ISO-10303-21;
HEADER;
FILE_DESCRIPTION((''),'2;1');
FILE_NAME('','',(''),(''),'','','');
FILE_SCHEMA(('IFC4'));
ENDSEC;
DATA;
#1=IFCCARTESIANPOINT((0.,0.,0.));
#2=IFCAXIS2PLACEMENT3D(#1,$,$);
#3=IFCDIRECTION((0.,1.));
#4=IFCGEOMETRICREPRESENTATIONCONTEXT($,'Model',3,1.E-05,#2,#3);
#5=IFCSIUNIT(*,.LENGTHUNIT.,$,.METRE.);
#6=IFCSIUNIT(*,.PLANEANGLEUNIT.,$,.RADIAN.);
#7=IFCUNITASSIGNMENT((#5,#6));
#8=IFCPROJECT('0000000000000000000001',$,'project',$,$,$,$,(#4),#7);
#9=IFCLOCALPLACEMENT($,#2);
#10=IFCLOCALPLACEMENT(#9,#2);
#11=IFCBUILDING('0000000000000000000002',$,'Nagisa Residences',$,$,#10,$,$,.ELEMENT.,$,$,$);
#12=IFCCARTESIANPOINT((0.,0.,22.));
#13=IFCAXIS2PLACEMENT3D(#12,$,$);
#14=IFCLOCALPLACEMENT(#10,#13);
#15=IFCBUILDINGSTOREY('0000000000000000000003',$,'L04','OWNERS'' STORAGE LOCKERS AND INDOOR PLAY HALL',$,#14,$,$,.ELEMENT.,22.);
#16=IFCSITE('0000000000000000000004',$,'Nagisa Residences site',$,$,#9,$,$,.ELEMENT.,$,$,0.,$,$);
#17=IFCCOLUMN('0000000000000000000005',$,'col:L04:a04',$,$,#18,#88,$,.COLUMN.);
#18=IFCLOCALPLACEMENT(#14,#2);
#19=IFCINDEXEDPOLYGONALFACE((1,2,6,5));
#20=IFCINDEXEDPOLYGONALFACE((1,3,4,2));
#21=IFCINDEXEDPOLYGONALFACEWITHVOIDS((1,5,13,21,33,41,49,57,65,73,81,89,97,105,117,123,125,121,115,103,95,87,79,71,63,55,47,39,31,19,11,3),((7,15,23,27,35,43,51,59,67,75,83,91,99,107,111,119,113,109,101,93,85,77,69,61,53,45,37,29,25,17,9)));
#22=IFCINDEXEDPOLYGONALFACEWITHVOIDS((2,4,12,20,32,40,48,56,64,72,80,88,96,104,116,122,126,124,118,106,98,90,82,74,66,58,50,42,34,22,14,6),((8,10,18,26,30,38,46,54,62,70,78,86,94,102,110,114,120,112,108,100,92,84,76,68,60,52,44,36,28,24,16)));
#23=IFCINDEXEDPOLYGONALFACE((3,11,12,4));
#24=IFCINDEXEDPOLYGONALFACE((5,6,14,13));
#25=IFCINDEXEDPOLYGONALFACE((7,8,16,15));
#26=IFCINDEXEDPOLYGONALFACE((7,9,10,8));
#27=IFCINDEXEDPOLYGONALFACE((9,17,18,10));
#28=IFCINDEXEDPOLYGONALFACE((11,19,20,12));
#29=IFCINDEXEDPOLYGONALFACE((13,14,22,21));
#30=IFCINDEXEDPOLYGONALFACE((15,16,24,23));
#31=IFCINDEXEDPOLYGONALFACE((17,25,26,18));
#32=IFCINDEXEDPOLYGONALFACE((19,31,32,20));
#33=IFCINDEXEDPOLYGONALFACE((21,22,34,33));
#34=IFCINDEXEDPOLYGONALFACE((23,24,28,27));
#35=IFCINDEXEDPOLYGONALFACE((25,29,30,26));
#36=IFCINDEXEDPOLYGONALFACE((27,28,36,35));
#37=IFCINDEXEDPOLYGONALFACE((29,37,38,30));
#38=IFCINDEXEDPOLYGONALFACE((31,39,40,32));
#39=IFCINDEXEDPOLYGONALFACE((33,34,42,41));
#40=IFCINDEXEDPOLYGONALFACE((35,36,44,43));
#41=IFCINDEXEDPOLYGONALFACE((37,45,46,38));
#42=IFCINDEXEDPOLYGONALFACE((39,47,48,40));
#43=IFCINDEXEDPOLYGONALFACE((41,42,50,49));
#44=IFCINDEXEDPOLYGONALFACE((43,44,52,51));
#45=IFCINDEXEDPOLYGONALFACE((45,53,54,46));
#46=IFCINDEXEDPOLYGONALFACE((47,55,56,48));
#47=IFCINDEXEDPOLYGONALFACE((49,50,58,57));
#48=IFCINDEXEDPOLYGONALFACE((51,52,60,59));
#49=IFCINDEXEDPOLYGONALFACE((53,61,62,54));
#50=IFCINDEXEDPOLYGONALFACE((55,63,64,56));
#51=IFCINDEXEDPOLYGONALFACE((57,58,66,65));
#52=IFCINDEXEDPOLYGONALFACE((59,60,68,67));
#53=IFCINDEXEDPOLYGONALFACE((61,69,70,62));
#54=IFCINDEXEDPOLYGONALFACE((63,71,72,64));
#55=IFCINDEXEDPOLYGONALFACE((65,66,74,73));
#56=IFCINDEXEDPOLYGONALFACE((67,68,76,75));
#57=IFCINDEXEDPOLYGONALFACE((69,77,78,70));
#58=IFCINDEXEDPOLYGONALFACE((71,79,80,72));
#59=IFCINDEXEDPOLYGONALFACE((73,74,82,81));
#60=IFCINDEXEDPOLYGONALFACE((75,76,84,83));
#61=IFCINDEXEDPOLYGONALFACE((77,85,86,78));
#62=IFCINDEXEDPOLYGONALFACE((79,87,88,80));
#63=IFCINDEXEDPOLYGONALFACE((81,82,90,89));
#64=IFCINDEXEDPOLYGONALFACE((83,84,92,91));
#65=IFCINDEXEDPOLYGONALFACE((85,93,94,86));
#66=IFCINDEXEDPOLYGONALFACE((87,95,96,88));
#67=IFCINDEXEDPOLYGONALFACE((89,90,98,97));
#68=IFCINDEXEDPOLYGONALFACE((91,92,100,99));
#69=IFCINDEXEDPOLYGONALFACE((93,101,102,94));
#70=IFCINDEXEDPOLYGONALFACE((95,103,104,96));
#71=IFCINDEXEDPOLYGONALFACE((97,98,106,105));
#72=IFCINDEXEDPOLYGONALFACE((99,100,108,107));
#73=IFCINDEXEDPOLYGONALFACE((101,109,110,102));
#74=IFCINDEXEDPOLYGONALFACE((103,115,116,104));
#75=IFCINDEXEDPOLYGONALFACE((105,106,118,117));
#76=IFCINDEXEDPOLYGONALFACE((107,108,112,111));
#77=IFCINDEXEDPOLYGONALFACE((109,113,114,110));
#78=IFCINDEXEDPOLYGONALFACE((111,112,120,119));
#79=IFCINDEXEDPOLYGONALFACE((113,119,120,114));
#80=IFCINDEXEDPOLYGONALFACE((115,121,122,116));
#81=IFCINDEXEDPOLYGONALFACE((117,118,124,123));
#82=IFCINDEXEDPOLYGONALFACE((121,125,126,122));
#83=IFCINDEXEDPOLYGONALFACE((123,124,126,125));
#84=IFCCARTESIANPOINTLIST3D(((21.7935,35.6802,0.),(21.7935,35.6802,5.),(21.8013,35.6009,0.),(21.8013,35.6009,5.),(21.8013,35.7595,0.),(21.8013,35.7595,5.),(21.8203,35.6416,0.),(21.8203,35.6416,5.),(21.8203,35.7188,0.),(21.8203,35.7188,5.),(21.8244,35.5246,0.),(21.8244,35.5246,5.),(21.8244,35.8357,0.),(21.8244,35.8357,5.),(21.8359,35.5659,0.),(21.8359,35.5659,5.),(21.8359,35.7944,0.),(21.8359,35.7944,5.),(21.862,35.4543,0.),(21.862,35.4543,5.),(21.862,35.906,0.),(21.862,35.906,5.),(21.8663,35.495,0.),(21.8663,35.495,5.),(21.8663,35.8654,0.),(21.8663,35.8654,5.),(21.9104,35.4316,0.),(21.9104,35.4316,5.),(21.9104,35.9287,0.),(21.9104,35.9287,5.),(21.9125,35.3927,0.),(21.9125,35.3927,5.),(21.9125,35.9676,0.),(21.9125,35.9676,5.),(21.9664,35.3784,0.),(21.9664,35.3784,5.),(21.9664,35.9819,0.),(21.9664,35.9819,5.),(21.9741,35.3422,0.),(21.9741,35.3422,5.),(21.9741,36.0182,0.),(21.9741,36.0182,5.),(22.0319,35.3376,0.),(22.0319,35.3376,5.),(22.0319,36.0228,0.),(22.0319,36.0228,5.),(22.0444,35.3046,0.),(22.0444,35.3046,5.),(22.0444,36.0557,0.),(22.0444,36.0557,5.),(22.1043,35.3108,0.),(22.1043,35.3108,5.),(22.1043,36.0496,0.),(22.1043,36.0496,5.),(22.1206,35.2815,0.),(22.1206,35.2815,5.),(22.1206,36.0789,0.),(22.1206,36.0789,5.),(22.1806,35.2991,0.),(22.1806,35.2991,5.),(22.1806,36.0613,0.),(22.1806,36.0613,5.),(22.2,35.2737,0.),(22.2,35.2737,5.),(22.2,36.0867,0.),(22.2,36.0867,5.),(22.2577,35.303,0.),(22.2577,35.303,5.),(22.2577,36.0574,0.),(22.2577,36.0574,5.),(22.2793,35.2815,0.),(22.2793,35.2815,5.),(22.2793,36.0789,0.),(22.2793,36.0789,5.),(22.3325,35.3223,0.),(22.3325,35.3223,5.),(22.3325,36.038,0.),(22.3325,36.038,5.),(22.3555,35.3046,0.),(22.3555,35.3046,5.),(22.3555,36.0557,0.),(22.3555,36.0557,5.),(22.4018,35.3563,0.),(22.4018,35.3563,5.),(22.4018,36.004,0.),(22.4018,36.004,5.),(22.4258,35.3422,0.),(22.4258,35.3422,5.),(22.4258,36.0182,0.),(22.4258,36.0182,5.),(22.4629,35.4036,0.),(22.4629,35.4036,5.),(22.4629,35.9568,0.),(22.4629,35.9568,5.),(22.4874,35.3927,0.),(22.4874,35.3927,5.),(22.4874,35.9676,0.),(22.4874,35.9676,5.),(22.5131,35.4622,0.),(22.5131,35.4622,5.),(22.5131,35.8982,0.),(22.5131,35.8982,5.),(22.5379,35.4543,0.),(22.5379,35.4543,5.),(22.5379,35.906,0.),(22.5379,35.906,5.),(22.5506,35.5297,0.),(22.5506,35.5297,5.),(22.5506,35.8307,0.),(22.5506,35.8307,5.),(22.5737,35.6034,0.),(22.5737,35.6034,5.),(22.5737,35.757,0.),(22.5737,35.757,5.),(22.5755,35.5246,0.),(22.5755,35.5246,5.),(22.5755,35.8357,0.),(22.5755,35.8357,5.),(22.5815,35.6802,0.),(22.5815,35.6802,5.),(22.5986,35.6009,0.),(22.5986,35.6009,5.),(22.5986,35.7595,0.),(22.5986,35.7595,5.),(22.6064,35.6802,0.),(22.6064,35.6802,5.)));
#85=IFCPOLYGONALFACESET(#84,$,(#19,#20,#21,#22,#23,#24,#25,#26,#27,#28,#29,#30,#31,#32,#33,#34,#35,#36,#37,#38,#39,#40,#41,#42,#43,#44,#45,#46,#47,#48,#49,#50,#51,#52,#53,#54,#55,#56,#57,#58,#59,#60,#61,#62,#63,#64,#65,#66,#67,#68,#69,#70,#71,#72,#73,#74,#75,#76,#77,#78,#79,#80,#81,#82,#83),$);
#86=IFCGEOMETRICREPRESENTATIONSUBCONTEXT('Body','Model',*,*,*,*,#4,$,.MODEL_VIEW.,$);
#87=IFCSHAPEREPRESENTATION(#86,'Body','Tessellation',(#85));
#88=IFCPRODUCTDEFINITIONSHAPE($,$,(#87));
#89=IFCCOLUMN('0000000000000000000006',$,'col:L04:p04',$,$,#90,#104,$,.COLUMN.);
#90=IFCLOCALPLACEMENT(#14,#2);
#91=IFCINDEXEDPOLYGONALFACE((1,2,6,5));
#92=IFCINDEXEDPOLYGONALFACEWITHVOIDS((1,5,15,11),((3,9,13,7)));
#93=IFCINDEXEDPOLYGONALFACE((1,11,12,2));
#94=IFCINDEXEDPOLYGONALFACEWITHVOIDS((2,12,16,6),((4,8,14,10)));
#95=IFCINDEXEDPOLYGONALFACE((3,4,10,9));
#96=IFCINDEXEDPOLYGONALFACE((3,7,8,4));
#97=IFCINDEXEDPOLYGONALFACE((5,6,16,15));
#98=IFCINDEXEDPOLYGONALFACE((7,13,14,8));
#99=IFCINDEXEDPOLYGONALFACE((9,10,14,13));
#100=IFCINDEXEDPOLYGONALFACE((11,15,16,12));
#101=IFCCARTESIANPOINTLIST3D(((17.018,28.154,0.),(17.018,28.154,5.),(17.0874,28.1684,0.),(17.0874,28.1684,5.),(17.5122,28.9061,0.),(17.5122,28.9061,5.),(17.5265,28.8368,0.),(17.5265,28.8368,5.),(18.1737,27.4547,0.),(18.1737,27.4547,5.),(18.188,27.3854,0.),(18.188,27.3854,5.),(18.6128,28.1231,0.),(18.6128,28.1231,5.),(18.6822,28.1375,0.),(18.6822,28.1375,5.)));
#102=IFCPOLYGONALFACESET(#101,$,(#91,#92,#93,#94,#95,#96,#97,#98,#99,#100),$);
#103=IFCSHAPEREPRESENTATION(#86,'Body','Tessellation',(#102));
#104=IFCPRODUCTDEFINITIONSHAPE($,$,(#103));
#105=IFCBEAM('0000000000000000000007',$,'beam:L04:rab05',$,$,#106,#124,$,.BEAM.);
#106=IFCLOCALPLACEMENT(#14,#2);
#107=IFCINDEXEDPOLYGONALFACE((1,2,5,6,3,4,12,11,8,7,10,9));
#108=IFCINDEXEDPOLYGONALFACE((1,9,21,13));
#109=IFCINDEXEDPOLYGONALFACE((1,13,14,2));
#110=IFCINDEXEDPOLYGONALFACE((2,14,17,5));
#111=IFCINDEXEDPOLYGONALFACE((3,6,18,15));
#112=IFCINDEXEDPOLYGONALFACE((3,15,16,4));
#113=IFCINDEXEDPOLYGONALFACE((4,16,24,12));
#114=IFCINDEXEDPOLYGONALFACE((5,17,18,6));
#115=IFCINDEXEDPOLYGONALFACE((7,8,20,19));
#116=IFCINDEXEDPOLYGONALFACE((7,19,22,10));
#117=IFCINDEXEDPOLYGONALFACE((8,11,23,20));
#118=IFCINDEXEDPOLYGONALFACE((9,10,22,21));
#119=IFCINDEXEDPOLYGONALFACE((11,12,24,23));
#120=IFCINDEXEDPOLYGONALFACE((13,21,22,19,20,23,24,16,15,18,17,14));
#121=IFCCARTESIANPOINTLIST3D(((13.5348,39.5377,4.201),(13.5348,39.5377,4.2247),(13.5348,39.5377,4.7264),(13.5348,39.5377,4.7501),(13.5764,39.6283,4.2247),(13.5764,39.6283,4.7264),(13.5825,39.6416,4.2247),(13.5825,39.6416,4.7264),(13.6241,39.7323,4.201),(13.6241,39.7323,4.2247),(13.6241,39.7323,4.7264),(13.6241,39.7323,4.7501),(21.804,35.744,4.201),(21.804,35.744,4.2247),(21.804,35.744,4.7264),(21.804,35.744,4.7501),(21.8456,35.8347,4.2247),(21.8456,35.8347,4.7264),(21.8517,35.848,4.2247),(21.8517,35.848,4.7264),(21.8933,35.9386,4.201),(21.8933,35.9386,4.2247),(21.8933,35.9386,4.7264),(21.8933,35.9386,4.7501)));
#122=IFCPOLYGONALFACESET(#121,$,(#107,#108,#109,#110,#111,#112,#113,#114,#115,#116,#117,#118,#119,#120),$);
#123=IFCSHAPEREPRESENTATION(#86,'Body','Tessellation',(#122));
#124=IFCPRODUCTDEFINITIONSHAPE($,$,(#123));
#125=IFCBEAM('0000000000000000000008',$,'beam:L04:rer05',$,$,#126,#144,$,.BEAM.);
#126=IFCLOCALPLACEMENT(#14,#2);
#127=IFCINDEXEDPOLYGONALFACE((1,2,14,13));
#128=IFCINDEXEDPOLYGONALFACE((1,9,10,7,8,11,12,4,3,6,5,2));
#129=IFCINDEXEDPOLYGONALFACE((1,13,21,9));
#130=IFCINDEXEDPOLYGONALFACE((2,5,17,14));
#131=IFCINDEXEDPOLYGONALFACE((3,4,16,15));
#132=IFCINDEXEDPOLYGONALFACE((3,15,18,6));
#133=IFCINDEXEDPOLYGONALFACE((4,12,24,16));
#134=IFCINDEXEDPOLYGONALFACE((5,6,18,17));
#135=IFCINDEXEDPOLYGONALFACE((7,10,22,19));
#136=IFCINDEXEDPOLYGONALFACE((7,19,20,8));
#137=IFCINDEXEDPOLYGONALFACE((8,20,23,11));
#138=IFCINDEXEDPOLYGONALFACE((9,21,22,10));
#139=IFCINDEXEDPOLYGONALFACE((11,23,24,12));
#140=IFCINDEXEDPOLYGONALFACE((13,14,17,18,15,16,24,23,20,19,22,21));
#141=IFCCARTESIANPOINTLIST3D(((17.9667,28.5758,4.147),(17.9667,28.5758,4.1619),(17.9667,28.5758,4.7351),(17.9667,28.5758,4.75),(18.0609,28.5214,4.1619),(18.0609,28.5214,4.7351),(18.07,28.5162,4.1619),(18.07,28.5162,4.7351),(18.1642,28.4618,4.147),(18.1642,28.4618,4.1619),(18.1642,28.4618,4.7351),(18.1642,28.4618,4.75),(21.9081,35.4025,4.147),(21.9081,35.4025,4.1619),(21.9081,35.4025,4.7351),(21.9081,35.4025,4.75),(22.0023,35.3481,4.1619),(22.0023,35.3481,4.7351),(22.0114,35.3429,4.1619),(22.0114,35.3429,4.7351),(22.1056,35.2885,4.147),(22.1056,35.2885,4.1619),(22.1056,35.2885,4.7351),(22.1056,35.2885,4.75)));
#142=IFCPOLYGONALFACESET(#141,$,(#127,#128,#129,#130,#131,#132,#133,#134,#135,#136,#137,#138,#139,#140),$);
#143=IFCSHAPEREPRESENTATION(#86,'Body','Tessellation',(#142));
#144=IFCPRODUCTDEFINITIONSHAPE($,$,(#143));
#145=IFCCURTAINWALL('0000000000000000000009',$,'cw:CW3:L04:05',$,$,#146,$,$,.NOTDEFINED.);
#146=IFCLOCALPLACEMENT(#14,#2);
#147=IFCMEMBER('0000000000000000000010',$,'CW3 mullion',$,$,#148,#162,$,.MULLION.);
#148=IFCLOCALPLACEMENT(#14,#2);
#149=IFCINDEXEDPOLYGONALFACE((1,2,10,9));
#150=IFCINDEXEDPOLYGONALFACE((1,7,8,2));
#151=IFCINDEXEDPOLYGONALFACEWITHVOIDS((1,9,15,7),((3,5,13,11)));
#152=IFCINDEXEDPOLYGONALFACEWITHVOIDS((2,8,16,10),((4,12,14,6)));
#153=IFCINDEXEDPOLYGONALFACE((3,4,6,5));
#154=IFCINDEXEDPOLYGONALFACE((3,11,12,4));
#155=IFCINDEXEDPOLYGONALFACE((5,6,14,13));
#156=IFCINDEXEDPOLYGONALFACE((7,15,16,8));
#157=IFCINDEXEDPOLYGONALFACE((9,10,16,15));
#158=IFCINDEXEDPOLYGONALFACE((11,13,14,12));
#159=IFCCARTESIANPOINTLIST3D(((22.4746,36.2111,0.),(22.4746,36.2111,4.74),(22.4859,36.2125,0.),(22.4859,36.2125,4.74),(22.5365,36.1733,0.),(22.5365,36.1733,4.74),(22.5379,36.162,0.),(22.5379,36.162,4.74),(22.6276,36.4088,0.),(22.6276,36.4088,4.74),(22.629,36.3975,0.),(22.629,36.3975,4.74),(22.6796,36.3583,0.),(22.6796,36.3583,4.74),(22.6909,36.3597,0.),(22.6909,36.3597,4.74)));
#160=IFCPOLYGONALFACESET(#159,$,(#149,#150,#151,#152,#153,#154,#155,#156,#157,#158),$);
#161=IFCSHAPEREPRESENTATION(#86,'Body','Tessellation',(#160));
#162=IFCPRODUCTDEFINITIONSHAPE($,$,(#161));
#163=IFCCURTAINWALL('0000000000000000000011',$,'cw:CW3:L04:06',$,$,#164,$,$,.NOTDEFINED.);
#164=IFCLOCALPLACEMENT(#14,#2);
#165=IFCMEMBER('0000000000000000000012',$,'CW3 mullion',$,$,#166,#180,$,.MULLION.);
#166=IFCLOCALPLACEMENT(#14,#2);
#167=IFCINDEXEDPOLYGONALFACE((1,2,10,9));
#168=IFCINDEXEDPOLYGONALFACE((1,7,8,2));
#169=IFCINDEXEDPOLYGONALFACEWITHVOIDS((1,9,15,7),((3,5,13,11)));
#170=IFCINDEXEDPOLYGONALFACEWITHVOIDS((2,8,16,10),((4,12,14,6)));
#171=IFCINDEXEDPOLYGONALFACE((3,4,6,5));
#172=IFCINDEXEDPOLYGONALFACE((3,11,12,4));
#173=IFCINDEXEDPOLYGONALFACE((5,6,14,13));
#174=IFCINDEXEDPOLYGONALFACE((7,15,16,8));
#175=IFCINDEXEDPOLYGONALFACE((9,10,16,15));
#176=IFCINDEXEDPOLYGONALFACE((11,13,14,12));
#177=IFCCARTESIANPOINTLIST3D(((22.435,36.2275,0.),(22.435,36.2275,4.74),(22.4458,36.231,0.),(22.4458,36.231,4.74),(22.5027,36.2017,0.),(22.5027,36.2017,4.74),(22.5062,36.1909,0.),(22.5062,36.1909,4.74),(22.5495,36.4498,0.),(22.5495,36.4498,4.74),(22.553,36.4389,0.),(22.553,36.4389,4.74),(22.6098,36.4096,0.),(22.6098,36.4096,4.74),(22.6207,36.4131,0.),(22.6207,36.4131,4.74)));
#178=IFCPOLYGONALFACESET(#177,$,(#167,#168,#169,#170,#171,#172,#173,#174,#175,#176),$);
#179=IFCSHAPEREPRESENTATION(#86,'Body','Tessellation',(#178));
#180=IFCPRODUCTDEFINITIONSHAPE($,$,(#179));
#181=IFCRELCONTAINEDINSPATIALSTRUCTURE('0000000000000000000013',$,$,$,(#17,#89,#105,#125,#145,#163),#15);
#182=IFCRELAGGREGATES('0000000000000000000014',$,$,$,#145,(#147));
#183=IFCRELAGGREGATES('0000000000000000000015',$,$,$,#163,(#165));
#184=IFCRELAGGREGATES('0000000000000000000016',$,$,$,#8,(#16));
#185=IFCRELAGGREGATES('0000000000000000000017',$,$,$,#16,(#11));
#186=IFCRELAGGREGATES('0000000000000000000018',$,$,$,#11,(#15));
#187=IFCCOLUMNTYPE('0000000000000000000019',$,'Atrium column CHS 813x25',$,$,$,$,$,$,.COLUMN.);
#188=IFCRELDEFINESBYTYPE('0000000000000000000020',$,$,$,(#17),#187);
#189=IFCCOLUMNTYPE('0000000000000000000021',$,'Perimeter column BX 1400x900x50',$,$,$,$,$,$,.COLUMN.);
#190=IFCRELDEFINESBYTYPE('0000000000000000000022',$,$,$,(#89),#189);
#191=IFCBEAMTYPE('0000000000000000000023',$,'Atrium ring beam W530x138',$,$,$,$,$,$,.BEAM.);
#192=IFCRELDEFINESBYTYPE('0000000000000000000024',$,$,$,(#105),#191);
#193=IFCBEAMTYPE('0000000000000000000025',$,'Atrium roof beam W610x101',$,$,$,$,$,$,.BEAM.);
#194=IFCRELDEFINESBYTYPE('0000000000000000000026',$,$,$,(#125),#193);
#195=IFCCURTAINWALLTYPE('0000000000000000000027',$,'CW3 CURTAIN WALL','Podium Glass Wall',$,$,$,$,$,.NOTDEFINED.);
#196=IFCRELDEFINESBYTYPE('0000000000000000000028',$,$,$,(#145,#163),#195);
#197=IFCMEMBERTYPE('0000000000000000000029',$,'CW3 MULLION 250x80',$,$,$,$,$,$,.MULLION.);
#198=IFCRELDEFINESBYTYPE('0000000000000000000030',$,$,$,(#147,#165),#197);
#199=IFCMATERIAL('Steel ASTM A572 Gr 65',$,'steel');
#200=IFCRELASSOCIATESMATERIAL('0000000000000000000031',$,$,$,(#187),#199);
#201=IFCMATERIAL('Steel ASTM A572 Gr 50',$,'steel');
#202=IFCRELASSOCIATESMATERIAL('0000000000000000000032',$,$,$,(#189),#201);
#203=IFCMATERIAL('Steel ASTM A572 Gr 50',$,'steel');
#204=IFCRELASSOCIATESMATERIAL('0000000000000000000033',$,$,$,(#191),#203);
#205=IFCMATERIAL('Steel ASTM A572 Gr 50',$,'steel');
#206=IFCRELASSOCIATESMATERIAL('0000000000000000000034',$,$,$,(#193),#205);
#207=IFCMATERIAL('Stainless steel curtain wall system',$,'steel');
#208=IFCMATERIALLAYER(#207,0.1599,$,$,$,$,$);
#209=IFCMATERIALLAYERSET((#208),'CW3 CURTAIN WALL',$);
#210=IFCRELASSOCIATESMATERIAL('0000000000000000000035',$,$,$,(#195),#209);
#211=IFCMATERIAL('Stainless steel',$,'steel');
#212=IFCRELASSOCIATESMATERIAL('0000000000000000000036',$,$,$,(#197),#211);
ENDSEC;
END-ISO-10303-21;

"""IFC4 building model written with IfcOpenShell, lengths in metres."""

from ifc_helpers import new_model, si_unit, direction, frame, origin, origin_2d, place, context, subcontext, project, spatial, hollow_rectangle, hollow_circle, i_section, extrude, material, layer, layer_set, material_profile, profile_set, type_object, element, aggregate, save


model = new_model("IFC4")

# Units and contexts
model_context = context("Model", 3, precision=1e-05, world=origin(), true_north=direction((0.0, 1.0)))
body_context = subcontext(model_context, "Body", "Model", "MODEL_VIEW")
ifc_project = project(units=[si_unit("LENGTHUNIT", "METRE"), si_unit("PLANEANGLEUNIT", "RADIAN")], contexts=[model_context])

# Site, building, storey
site_placement = place(None, origin())
site = spatial("IfcSite", under=ifc_project, at=site_placement, Name="Nagisa Residences site", CompositionType="ELEMENT", RefElevation=0.0)
building_placement = place(site_placement, origin())
building = spatial("IfcBuilding", under=site, at=building_placement, Name="Nagisa Residences", CompositionType="ELEMENT")
storey_placement = place(building_placement, frame((0.0, 0.0, 22.0)))
storey = spatial("IfcBuildingStorey", under=building, at=storey_placement, Name="L04", Description="OWNERS' STORAGE LOCKERS AND INDOOR PLAY HALL", CompositionType="ELEMENT", Elevation=22.0)

# Columns
ifc_material_1 = material(Name="Steel ASTM A572 Gr 65", Category="steel")
ifc_material_profile_1 = material_profile(ifc_material_1, hollow_circle(Radius=0.4065, WallThickness=0.0249, at=origin_2d()), Name="CHS 813x25")
ifc_profile_set_1 = profile_set([ifc_material_profile_1], Name="Steel ASTM A572 Gr 65")
column_type_1 = type_object("IfcColumnType", Name="Atrium column CHS 813x25", PredefinedType="COLUMN", material=ifc_profile_set_1)
column_1_placement = place(storey_placement, frame((22.2, 35.6802, 0.0), z_axis=(0.0, 0.0, 1.0), x_axis=(1.0, 0.0, 0.0)))
element("IfcColumn", 1, at=column_1_placement, inside=storey, type_object=column_type_1, Name="col:L04:a04", PredefinedType="COLUMN", context=body_context, shape_type="SweptSolid", body=[
    extrude(hollow_circle(Radius=0.4065, WallThickness=0.0249, at=origin_2d()), origin(), (0.0, 0.0, 1.0), 5.0),
])
ifc_material_2 = material(Name="Steel ASTM A572 Gr 50", Category="steel")
ifc_material_profile_2 = material_profile(ifc_material_2, hollow_rectangle(XDim=1.3999, YDim=0.8999, WallThickness=0.05, at=origin_2d()), Name="BX 1400x900x50")
ifc_profile_set_2 = profile_set([ifc_material_profile_2], Name="Steel ASTM A572 Gr 50")
column_type_2 = type_object("IfcColumnType", Name="Perimeter column BX 1400x900x50", PredefinedType="COLUMN", material=ifc_profile_set_2)
column_2_placement = place(storey_placement, frame((17.8501, 28.1458, 0.0), z_axis=(0.0, 0.0, 1.0), x_axis=(-0.835766, 0.549086, 0.0)))
element("IfcColumn", 2, at=column_2_placement, inside=storey, type_object=column_type_2, Name="col:L04:p04", PredefinedType="COLUMN", context=body_context, shape_type="SweptSolid", body=[
    extrude(hollow_rectangle(XDim=1.3999, YDim=0.8999, WallThickness=0.05, at=origin_2d()), origin(), (0.0, 0.0, 1.0), 5.0),
])

# Beams
ifc_material_3 = material(Name="Steel ASTM A572 Gr 50", Category="steel")
ifc_material_profile_3 = material_profile(ifc_material_3, i_section(OverallWidth=0.2141, OverallDepth=0.5491, WebThickness=0.0146, FlangeThickness=0.0237, at=origin_2d()), Name="W530x138")
ifc_profile_set_3 = profile_set([ifc_material_profile_3], Name="Steel ASTM A572 Gr 50")
beam_type_1 = type_object("IfcBeamType", Name="Atrium ring beam W530x138", PredefinedType="BEAM", material=ifc_profile_set_3)
beam_1_placement = place(storey_placement, frame((21.8486, 35.8413, 4.4756), z_axis=(-0.908914, 0.416983, 0.0), x_axis=(-0.416983, -0.908914, 0.0)))
element("IfcBeam", 3, at=beam_1_placement, inside=storey, type_object=beam_type_1, Name="beam:L04:rab05", PredefinedType="BEAM", context=body_context, shape_type="SweptSolid", body=[
    extrude(i_section(OverallWidth=0.2141, OverallDepth=0.5491, WebThickness=0.0146, FlangeThickness=0.0237, at=origin_2d()), origin(), (0.0, 0.0, 1.0), 9.0979),
])
ifc_material_4 = material(Name="Steel ASTM A572 Gr 50", Category="steel")
ifc_material_profile_4 = material_profile(ifc_material_4, i_section(OverallWidth=0.228, OverallDepth=0.603, WebThickness=0.0105, FlangeThickness=0.0149, at=origin_2d()), Name="W610x101")
ifc_profile_set_4 = profile_set([ifc_material_profile_4], Name="Steel ASTM A572 Gr 50")
beam_type_2 = type_object("IfcBeamType", Name="Atrium roof beam W610x101", PredefinedType="BEAM", material=ifc_profile_set_4)
beam_2_placement = place(storey_placement, frame((18.0654, 28.5188, 4.4485), z_axis=(0.500003, 0.866024, 0.0), x_axis=(-0.866024, 0.500003, 0.0)))
element("IfcBeam", 4, at=beam_2_placement, inside=storey, type_object=beam_type_2, Name="beam:L04:rer05", PredefinedType="BEAM", context=body_context, shape_type="SweptSolid", body=[
    extrude(i_section(OverallWidth=0.228, OverallDepth=0.603, WebThickness=0.0105, FlangeThickness=0.0149, at=origin_2d()), origin(), (0.0, 0.0, 1.0), 7.8828),
])

# Curtain wall, member
ifc_material_5 = material(Name="Stainless steel curtain wall system", Category="steel")
ifc_layer_1 = layer(ifc_material_5, 0.1599)
ifc_layer_set_1 = layer_set([ifc_layer_1], Name="CW3 CURTAIN WALL")
curtain_wall_type_1 = type_object("IfcCurtainWallType", Name="CW3 CURTAIN WALL", Description="Podium Glass Wall", PredefinedType="NOTDEFINED", material=ifc_layer_set_1)
curtain_wall_1_placement = place(storey_placement, origin())
curtain_wall_1 = element("IfcCurtainWall", 5, at=curtain_wall_1_placement, inside=storey, type_object=curtain_wall_type_1, Name="cw:CW3:L04:05", PredefinedType="NOTDEFINED")
ifc_material_6 = material(Name="Stainless steel", Category="steel")
ifc_material_profile_5 = material_profile(ifc_material_6, hollow_rectangle(XDim=0.25, YDim=0.0801, WallThickness=0.0081, at=origin_2d()), Name="CW3 MULLION 250x80")
ifc_profile_set_5 = profile_set([ifc_material_profile_5], Name="Stainless steel")
member_type_1 = type_object("IfcMemberType", Name="CW3 MULLION 250x80", PredefinedType="MULLION", material=ifc_profile_set_5)
member_1_placement = place(storey_placement, frame((22.5828, 36.2854, 0.0), z_axis=(0.0, 0.0, 1.0), x_axis=(-0.612035, -0.790831, 0.0)))
member_1 = element("IfcMember", 6, at=member_1_placement, type_object=member_type_1, Name="CW3 mullion", PredefinedType="MULLION", context=body_context, shape_type="SweptSolid", body=[
    extrude(hollow_rectangle(XDim=0.25, YDim=0.0801, WallThickness=0.0081, at=origin_2d()), origin(), (0.0, 0.0, 1.0), 4.74),
])
aggregate(curtain_wall_1, [member_1])

# Curtain wall, member
curtain_wall_2_placement = place(storey_placement, origin())
curtain_wall_2 = element("IfcCurtainWall", 7, at=curtain_wall_2_placement, inside=storey, type_object=curtain_wall_type_1, Name="cw:CW3:L04:06", PredefinedType="NOTDEFINED")
member_2_placement = place(storey_placement, frame((22.5278, 36.3203, 0.0), z_axis=(0.0, 0.0, 1.0), x_axis=(-0.458126, -0.888887, 0.0)))
member_2 = element("IfcMember", 8, at=member_2_placement, type_object=member_type_1, Name="CW3 mullion", PredefinedType="MULLION", context=body_context, shape_type="SweptSolid", body=[
    extrude(hollow_rectangle(XDim=0.25, YDim=0.0801, WallThickness=0.0081, at=origin_2d()), origin(), (0.0, 0.0, 1.0), 4.74),
])

aggregate(curtain_wall_2, [member_2])

save(model, "model.ifc")
